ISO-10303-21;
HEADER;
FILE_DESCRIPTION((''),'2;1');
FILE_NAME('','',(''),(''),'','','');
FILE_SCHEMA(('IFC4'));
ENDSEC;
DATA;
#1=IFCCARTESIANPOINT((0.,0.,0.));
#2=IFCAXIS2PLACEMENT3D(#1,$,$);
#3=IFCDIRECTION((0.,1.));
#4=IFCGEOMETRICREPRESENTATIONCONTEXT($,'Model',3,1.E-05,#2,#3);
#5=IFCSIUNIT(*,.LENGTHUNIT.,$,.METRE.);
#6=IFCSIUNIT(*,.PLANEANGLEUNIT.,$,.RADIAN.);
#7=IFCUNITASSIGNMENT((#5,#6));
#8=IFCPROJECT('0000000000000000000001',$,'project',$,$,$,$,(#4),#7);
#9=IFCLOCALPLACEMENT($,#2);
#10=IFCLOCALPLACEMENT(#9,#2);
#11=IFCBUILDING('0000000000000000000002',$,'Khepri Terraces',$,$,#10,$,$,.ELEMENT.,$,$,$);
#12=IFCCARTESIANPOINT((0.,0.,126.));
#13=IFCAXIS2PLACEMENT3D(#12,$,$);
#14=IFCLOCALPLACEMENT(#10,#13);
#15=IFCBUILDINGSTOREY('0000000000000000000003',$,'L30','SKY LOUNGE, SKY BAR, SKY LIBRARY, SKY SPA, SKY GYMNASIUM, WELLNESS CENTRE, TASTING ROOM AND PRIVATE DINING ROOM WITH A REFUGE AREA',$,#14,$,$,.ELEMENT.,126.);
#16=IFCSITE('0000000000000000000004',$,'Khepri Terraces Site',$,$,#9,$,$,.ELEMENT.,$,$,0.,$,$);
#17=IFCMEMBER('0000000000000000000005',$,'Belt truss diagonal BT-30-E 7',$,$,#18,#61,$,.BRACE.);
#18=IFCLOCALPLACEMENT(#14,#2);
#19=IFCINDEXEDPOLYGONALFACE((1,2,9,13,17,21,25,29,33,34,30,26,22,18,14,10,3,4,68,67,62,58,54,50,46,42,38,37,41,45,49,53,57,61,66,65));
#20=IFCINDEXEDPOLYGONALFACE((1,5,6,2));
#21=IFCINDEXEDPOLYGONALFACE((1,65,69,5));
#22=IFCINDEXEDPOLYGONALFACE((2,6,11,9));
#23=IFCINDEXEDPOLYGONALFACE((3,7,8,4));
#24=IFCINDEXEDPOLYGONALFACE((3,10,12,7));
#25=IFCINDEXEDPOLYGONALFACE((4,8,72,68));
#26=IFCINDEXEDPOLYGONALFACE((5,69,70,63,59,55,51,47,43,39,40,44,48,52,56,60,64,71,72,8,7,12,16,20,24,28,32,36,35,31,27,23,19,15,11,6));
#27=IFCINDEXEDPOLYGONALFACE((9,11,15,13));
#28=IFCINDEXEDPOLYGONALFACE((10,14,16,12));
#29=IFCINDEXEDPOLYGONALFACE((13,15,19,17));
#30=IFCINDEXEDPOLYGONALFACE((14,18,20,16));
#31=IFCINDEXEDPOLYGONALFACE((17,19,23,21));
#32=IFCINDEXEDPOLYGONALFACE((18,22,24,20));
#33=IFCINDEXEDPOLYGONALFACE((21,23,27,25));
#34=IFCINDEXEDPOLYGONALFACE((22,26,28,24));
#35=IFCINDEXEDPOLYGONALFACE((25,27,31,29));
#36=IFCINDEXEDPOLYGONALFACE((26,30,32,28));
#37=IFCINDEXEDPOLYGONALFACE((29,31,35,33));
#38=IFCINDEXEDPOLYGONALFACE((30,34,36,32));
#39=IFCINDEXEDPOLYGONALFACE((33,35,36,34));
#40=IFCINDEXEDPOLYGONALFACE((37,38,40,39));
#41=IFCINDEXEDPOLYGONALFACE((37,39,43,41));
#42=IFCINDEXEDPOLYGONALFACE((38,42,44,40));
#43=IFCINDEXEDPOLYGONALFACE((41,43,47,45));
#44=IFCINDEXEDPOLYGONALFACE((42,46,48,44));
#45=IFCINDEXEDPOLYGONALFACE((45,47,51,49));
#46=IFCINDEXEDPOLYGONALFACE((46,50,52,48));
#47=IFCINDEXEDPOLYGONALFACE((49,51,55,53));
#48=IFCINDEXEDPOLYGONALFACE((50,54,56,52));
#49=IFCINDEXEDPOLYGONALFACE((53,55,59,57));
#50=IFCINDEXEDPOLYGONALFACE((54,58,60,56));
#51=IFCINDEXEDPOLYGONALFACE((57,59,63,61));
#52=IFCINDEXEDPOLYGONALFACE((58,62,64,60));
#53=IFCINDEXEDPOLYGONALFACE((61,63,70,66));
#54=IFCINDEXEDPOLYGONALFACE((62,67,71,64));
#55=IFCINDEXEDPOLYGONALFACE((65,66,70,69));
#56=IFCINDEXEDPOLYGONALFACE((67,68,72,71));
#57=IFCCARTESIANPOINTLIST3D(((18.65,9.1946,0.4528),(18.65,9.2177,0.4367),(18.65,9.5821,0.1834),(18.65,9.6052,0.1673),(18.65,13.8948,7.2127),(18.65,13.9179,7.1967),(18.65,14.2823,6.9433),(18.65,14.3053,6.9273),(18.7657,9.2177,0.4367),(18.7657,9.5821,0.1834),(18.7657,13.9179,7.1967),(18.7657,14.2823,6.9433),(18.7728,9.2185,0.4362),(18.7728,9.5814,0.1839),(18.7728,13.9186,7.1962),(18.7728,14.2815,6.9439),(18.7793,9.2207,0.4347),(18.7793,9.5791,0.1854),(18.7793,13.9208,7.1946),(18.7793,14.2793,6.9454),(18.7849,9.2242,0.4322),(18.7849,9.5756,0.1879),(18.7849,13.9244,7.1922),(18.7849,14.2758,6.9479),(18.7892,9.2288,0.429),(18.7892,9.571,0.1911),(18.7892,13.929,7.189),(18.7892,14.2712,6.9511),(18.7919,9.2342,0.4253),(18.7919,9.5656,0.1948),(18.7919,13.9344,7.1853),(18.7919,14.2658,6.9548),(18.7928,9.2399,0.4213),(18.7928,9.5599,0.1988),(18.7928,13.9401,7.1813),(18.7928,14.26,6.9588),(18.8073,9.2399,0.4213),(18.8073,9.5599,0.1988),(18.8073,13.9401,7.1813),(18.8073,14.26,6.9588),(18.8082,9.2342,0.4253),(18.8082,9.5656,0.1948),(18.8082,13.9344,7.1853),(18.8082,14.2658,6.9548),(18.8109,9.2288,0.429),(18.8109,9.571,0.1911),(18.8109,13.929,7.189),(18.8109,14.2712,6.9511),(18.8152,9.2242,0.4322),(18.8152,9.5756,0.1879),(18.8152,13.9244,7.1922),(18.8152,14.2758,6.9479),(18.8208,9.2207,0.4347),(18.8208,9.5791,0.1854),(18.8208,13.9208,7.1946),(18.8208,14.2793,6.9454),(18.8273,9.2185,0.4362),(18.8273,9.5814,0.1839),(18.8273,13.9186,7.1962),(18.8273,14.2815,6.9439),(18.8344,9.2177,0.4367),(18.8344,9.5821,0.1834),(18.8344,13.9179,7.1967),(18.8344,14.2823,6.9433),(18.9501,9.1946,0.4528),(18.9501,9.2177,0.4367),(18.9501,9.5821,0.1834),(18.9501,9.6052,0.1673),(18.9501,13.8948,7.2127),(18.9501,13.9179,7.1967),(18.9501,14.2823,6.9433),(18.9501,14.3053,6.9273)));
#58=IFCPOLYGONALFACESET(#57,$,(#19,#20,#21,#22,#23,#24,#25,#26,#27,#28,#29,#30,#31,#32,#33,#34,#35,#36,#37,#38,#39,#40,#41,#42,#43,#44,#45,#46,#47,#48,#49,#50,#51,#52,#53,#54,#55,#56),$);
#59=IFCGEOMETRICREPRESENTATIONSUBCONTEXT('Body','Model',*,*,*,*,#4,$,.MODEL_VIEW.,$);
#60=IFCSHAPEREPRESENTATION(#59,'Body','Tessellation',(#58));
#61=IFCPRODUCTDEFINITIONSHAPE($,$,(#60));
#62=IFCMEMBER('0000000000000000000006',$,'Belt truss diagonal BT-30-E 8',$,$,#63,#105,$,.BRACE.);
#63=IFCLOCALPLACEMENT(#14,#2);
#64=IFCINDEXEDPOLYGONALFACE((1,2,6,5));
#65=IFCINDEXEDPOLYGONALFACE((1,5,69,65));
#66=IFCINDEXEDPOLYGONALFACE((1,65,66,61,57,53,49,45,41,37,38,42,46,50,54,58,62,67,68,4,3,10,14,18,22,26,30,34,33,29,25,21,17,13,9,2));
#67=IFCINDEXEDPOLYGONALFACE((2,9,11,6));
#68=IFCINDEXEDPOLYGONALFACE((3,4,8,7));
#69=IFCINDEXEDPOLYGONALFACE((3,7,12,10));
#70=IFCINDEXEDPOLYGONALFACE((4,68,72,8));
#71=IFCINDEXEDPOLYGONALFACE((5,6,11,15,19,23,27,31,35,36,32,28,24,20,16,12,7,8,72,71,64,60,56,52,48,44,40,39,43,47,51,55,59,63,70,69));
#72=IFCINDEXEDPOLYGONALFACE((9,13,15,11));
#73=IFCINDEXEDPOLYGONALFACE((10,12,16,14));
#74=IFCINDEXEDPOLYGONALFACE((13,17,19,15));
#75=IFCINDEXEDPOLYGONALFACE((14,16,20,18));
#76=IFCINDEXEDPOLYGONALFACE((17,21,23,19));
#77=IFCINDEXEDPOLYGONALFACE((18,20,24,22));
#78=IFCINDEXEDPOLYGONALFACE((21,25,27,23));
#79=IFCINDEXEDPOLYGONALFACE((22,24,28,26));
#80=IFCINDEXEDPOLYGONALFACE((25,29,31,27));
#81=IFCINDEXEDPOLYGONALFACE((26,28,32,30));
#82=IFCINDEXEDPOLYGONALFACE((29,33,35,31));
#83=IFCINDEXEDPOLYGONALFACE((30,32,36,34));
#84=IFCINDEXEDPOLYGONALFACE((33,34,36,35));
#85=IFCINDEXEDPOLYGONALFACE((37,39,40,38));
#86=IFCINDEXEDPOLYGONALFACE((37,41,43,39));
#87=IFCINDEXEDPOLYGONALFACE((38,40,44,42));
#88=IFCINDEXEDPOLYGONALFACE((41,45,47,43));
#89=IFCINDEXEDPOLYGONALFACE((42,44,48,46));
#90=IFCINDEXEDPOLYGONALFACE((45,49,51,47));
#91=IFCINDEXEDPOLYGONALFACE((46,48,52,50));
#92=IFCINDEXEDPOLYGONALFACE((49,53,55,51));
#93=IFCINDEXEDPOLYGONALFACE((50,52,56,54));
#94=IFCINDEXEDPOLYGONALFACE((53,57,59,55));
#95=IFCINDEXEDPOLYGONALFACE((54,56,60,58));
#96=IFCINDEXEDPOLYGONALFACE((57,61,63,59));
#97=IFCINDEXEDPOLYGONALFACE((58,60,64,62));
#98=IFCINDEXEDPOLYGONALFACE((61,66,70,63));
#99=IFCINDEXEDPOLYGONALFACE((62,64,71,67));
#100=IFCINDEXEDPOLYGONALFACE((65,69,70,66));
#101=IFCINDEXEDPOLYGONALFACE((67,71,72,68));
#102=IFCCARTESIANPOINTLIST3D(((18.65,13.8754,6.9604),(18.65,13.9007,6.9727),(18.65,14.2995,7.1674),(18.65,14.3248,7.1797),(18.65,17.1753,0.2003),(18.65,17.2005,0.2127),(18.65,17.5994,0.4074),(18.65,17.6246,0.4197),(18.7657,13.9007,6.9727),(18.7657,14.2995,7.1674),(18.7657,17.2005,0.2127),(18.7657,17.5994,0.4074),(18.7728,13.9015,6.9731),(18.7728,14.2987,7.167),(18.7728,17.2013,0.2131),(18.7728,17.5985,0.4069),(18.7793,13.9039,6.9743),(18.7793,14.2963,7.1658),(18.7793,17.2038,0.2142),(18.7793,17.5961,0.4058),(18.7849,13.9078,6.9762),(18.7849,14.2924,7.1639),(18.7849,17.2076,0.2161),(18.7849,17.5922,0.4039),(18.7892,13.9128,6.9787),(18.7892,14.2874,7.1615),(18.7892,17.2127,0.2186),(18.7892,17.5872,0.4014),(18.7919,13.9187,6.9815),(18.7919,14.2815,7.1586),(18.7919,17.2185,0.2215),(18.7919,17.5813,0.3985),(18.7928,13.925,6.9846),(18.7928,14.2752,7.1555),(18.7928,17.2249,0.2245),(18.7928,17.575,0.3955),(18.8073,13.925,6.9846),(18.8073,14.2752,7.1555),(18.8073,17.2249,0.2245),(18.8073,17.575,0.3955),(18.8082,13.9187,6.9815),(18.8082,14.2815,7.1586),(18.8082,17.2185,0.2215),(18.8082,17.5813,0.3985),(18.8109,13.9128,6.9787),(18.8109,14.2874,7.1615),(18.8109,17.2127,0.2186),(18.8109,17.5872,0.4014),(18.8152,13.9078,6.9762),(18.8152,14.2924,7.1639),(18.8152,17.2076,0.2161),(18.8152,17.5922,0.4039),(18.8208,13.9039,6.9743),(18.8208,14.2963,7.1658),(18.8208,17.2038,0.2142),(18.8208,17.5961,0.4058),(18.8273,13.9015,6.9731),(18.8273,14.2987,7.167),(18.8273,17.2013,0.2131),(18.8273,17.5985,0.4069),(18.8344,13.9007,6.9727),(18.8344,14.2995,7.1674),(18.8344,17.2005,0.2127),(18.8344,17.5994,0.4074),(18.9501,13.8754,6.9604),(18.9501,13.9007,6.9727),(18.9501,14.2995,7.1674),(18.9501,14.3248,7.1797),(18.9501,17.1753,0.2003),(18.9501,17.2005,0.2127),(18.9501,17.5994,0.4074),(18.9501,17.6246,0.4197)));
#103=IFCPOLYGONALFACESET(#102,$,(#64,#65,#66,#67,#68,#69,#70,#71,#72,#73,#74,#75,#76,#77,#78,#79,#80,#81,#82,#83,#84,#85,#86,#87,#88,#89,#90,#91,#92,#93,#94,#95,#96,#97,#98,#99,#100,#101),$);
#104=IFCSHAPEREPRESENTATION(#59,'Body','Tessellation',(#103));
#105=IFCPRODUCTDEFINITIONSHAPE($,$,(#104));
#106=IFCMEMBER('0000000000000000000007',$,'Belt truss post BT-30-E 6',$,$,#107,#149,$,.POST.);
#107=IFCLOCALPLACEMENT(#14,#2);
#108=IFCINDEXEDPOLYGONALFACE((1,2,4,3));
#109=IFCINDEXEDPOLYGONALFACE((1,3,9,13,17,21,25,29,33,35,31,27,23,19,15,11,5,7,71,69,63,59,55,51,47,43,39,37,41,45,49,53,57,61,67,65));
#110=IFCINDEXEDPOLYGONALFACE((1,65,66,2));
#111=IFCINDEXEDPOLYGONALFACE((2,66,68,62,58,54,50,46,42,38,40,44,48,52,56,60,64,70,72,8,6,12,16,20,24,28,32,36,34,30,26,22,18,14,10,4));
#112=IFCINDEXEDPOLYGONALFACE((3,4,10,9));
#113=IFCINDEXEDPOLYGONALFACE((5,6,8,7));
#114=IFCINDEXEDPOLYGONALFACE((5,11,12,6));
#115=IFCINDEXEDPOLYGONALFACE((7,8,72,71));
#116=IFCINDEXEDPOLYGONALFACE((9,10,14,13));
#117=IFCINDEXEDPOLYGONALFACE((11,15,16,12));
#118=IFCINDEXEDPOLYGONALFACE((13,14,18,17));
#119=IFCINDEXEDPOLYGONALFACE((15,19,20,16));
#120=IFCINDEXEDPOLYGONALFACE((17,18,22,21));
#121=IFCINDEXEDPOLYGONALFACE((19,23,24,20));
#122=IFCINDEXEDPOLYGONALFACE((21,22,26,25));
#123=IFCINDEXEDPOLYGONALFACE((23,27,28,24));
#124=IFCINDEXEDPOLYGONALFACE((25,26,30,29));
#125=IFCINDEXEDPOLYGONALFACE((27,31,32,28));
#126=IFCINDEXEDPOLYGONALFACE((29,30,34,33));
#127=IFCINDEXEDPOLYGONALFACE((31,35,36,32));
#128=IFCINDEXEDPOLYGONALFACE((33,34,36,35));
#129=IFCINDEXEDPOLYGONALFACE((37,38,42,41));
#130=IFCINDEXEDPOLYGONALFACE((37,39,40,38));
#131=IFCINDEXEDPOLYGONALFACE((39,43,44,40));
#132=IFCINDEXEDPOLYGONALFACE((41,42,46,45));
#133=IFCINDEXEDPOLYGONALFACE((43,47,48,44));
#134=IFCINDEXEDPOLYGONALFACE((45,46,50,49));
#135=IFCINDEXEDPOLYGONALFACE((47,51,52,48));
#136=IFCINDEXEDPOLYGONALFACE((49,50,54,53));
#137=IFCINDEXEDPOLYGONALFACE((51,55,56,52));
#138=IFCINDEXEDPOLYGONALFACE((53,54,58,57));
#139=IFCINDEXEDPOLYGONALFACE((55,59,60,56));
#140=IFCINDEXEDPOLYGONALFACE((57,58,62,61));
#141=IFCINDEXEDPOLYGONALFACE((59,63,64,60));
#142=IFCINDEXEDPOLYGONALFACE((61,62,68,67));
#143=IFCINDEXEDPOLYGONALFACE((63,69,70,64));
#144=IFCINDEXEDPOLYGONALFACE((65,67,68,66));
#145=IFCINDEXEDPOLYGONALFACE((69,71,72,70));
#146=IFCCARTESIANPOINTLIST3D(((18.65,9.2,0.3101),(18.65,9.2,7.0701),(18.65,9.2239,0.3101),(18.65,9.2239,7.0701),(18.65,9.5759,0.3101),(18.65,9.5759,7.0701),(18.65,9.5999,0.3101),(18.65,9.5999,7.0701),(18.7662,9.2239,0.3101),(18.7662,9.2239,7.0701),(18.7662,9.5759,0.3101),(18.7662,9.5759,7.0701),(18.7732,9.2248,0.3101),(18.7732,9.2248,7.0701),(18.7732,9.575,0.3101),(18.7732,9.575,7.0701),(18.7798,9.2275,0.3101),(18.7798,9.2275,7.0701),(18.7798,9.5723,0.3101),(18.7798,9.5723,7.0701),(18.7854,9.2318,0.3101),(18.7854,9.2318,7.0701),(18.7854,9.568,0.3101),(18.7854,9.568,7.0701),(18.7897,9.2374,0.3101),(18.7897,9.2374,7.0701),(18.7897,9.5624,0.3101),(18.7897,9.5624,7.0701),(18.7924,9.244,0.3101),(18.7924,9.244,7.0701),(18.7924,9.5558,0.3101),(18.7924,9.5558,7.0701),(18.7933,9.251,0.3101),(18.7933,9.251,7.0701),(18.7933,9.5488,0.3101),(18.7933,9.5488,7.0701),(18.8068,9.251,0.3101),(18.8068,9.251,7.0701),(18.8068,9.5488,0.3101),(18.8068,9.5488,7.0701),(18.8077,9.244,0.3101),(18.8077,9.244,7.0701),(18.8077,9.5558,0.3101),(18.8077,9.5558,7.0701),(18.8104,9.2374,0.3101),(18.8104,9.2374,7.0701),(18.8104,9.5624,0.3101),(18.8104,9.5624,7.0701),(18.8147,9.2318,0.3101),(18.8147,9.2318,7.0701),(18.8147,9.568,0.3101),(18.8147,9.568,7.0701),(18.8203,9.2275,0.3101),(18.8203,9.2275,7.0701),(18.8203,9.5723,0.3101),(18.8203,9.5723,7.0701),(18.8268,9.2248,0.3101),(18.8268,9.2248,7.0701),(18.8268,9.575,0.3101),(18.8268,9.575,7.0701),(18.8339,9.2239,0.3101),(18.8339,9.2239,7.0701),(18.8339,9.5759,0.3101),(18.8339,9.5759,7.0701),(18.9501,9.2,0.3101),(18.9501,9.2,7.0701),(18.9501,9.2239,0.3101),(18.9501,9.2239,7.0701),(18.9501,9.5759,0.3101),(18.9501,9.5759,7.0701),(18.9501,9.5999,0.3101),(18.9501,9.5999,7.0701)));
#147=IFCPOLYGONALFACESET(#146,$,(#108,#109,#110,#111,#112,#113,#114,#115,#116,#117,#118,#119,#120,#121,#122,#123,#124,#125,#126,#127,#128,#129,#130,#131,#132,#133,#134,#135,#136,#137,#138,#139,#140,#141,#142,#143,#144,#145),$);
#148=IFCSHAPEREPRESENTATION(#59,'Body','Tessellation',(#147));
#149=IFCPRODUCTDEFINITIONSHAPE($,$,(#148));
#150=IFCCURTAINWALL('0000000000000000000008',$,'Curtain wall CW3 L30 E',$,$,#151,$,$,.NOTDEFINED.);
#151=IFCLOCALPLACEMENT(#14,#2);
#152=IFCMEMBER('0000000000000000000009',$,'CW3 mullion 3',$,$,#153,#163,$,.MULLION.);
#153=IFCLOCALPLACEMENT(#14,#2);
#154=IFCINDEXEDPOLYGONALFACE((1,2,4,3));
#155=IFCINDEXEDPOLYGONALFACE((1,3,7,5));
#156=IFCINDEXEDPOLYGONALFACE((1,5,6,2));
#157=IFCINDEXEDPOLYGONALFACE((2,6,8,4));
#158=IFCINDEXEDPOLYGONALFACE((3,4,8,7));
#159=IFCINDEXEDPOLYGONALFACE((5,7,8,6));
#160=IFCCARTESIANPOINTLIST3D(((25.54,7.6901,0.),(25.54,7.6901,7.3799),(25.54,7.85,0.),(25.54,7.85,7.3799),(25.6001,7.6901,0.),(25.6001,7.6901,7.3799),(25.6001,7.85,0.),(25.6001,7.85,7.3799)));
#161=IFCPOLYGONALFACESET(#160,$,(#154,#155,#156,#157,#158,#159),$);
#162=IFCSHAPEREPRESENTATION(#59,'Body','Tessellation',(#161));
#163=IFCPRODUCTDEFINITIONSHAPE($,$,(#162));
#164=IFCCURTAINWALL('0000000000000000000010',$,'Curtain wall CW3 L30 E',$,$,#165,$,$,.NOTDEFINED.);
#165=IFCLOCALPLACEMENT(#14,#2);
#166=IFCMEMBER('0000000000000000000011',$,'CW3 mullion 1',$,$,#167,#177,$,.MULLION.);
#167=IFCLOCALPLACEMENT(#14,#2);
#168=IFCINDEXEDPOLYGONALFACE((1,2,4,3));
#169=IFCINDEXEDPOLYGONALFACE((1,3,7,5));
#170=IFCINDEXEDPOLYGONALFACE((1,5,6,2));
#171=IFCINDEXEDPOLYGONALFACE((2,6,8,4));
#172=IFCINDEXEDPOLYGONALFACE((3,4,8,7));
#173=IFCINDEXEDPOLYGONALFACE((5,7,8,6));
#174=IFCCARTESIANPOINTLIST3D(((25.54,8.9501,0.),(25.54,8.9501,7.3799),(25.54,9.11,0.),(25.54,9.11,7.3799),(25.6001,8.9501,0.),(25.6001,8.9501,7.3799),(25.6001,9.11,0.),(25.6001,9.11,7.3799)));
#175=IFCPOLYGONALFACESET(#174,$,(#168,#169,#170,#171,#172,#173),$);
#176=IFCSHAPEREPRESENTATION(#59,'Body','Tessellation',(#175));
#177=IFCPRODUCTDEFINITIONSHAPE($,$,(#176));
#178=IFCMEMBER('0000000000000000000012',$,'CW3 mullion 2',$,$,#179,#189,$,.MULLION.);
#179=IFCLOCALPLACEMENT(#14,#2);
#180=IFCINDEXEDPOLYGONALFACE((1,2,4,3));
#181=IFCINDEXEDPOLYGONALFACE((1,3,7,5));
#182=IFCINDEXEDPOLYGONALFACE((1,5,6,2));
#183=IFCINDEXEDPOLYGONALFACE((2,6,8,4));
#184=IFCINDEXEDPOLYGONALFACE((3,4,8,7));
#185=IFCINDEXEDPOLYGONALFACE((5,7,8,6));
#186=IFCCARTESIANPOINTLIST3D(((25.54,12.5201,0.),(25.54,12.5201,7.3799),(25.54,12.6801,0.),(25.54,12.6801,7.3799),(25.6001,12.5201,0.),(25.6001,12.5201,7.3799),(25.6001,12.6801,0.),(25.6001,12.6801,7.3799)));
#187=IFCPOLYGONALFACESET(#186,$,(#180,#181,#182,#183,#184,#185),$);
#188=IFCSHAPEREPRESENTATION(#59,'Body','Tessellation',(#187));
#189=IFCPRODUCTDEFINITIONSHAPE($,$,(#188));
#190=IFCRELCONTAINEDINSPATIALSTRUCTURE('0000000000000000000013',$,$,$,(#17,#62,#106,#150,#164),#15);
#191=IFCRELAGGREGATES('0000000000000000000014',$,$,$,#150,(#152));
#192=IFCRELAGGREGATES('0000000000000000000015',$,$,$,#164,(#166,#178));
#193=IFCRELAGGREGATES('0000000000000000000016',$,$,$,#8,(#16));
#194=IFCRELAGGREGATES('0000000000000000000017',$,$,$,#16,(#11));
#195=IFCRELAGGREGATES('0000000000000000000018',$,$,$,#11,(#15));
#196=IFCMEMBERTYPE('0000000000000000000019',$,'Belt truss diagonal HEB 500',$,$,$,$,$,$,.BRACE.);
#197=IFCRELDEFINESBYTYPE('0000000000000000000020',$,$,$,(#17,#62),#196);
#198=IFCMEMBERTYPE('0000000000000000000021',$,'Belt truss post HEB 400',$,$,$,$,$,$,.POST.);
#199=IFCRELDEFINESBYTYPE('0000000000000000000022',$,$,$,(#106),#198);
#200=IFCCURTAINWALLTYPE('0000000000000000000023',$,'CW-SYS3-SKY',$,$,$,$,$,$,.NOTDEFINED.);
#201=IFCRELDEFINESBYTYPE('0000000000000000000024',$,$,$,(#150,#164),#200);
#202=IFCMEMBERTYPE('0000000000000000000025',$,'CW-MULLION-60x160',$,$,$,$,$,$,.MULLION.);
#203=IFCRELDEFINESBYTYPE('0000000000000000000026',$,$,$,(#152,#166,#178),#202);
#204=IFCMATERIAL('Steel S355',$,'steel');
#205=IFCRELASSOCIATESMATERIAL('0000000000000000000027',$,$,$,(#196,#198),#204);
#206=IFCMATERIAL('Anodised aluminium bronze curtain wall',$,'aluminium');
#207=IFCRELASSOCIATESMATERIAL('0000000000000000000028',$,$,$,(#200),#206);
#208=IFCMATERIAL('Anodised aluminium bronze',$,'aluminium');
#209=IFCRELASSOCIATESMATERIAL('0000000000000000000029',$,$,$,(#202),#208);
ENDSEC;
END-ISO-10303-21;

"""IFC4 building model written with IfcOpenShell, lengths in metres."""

from ifc_helpers import new_model, si_unit, direction, frame, origin, origin_2d, place, context, subcontext, project, spatial, rectangle, i_section, extrude, material, material_profile, profile_set, type_object, element, aggregate, save


model = new_model("IFC4")

# Units and contexts
model_context = context("Model", 3, precision=1e-05, world=origin(), true_north=direction((0.0, 1.0)))
body_context = subcontext(model_context, "Body", "Model", "MODEL_VIEW")
ifc_project = project(units=[si_unit("LENGTHUNIT", "METRE"), si_unit("PLANEANGLEUNIT", "RADIAN")], contexts=[model_context])

# Site, building, storey
site_placement = place(None, origin())
site = spatial("IfcSite", under=ifc_project, at=site_placement, Name="Khepri Terraces Site", CompositionType="ELEMENT", RefElevation=0.0)
building_placement = place(site_placement, origin())
building = spatial("IfcBuilding", under=site, at=building_placement, Name="Khepri Terraces", CompositionType="ELEMENT")
storey_placement = place(building_placement, frame((0.0, 0.0, 126.0)))
storey = spatial("IfcBuildingStorey", under=building, at=storey_placement, Name="L30", Description="SKY LOUNGE, SKY BAR, SKY LIBRARY, SKY SPA, SKY GYMNASIUM, WELLNESS CENTRE, TASTING ROOM AND PRIVATE DINING ROOM WITH A REFUGE AREA", CompositionType="ELEMENT", Elevation=126.0)

# Members
ifc_material_1 = material(Name="Steel S355", Category="steel")
ifc_material_profile_1 = material_profile(ifc_material_1, i_section(OverallWidth=0.3, OverallDepth=0.5, WebThickness=0.0144, FlangeThickness=0.0281, FilletRadius=0.0271, at=origin_2d()), Name="Steel S355", Category="steel")
ifc_profile_set_1 = profile_set([ifc_material_profile_1], Name="Steel S355")
member_type_1 = type_object("IfcMemberType", Name="Belt truss diagonal HEB 500", PredefinedType="BRACE", material=ifc_profile_set_1)
member_1_placement = place(storey_placement, frame((18.8, 9.3999, 0.3101), z_axis=(0.0, 0.570866, 0.821043), x_axis=(-1.0, 0.0, 0.0)))
element("IfcMember", 1, at=member_1_placement, inside=storey, type_object=member_type_1, Name="Belt truss diagonal BT-30-E 7", PredefinedType="BRACE", context=body_context, shape_type="SweptSolid", body=[
    extrude(i_section(OverallWidth=0.3, OverallDepth=0.5, WebThickness=0.0144, FlangeThickness=0.0281, FilletRadius=0.0271, at=origin_2d()), origin(), (0.0, 0.0, 1.0), 8.2334),
])
member_2_placement = place(storey_placement, frame((18.8, 14.1001, 7.0701), z_axis=(0.0, 0.438664, -0.898651), x_axis=(-1.0, 0.0, 0.0)))
element("IfcMember", 2, at=member_2_placement, inside=storey, type_object=member_type_1, Name="Belt truss diagonal BT-30-E 8", PredefinedType="BRACE", context=body_context, shape_type="SweptSolid", body=[
    extrude(i_section(OverallWidth=0.3, OverallDepth=0.5, WebThickness=0.0144, FlangeThickness=0.0281, FilletRadius=0.0271, at=origin_2d()), origin(), (0.0, 0.0, 1.0), 7.5225),
])
ifc_material_profile_2 = material_profile(ifc_material_1, i_section(OverallWidth=0.3, OverallDepth=0.3999, WebThickness=0.0134, FlangeThickness=0.0239, FilletRadius=0.0271, at=origin_2d()), Name="Steel S355", Category="steel")
ifc_profile_set_2 = profile_set([ifc_material_profile_2], Name="Steel S355")
member_type_2 = type_object("IfcMemberType", Name="Belt truss post HEB 400", PredefinedType="POST", material=ifc_profile_set_2)
member_3_placement = place(storey_placement, frame((18.8, 9.3999, 0.3101), z_axis=(0.0, 0.0, 1.0), x_axis=(1.0, 0.0, 0.0)))
element("IfcMember", 3, at=member_3_placement, inside=storey, type_object=member_type_2, Name="Belt truss post BT-30-E 6", PredefinedType="POST", context=body_context, shape_type="SweptSolid", body=[
    extrude(i_section(OverallWidth=0.3, OverallDepth=0.3999, WebThickness=0.0134, FlangeThickness=0.0239, FilletRadius=0.0271, at=origin_2d()), origin(), (0.0, 0.0, 1.0), 6.76),
])

# Curtain wall, member
ifc_material_2 = material(Name="Anodised aluminium bronze curtain wall", Category="aluminium")
curtain_wall_type = type_object("IfcCurtainWallType", Name="CW-SYS3-SKY", PredefinedType="NOTDEFINED", material=ifc_material_2)
curtain_wall_1_placement = place(storey_placement, origin())
curtain_wall_1 = element("IfcCurtainWall", 4, at=curtain_wall_1_placement, inside=storey, type_object=curtain_wall_type, Name="Curtain wall CW3 L30 E", PredefinedType="NOTDEFINED")
ifc_material_3 = material(Name="Anodised aluminium bronze", Category="aluminium")
ifc_material_profile_3 = material_profile(ifc_material_3, rectangle(XDim=0.0601, YDim=0.1599, at=origin_2d()), Name="Anodised aluminium bronze", Category="aluminium")
ifc_profile_set_3 = profile_set([ifc_material_profile_3], Name="Anodised aluminium bronze")
member_type_3 = type_object("IfcMemberType", Name="CW-MULLION-60x160", PredefinedType="MULLION", material=ifc_profile_set_3)
member_4_placement = place(storey_placement, frame((25.5701, 7.77, 0.0), z_axis=(0.0, 0.0, 1.0), x_axis=(-1.0, 0.0, 0.0)))
member_4 = element("IfcMember", 5, at=member_4_placement, type_object=member_type_3, Name="CW3 mullion 3", PredefinedType="MULLION", context=body_context, shape_type="SweptSolid", body=[
    extrude(rectangle(XDim=0.0601, YDim=0.1599, at=origin_2d()), origin(), (0.0, 0.0, 1.0), 7.3799),
])

# Curtain wall, members
curtain_wall_2_placement = place(storey_placement, origin())
curtain_wall_2 = element("IfcCurtainWall", 6, at=curtain_wall_2_placement, inside=storey, type_object=curtain_wall_type, Name="Curtain wall CW3 L30 E", PredefinedType="NOTDEFINED")
member_5_placement = place(storey_placement, frame((25.5701, 9.03, 0.0), z_axis=(0.0, 0.0, 1.0), x_axis=(-1.0, 0.0, 0.0)))
member_5 = element("IfcMember", 7, at=member_5_placement, type_object=member_type_3, Name="CW3 mullion 1", PredefinedType="MULLION", context=body_context, shape_type="SweptSolid", body=[
    extrude(rectangle(XDim=0.0601, YDim=0.1599, at=origin_2d()), origin(), (0.0, 0.0, 1.0), 7.3799),
])
member_6_placement = place(storey_placement, frame((25.5701, 12.6001, 0.0), z_axis=(0.0, 0.0, 1.0), x_axis=(-1.0, 0.0, 0.0)))
member_6 = element("IfcMember", 8, at=member_6_placement, type_object=member_type_3, Name="CW3 mullion 2", PredefinedType="MULLION", context=body_context, shape_type="SweptSolid", body=[
    extrude(rectangle(XDim=0.0601, YDim=0.1599, at=origin_2d()), origin(), (0.0, 0.0, 1.0), 7.3799),
])

aggregate(curtain_wall_1, [member_4])
aggregate(curtain_wall_2, [member_5, member_6])

save(model, "model.ifc")
